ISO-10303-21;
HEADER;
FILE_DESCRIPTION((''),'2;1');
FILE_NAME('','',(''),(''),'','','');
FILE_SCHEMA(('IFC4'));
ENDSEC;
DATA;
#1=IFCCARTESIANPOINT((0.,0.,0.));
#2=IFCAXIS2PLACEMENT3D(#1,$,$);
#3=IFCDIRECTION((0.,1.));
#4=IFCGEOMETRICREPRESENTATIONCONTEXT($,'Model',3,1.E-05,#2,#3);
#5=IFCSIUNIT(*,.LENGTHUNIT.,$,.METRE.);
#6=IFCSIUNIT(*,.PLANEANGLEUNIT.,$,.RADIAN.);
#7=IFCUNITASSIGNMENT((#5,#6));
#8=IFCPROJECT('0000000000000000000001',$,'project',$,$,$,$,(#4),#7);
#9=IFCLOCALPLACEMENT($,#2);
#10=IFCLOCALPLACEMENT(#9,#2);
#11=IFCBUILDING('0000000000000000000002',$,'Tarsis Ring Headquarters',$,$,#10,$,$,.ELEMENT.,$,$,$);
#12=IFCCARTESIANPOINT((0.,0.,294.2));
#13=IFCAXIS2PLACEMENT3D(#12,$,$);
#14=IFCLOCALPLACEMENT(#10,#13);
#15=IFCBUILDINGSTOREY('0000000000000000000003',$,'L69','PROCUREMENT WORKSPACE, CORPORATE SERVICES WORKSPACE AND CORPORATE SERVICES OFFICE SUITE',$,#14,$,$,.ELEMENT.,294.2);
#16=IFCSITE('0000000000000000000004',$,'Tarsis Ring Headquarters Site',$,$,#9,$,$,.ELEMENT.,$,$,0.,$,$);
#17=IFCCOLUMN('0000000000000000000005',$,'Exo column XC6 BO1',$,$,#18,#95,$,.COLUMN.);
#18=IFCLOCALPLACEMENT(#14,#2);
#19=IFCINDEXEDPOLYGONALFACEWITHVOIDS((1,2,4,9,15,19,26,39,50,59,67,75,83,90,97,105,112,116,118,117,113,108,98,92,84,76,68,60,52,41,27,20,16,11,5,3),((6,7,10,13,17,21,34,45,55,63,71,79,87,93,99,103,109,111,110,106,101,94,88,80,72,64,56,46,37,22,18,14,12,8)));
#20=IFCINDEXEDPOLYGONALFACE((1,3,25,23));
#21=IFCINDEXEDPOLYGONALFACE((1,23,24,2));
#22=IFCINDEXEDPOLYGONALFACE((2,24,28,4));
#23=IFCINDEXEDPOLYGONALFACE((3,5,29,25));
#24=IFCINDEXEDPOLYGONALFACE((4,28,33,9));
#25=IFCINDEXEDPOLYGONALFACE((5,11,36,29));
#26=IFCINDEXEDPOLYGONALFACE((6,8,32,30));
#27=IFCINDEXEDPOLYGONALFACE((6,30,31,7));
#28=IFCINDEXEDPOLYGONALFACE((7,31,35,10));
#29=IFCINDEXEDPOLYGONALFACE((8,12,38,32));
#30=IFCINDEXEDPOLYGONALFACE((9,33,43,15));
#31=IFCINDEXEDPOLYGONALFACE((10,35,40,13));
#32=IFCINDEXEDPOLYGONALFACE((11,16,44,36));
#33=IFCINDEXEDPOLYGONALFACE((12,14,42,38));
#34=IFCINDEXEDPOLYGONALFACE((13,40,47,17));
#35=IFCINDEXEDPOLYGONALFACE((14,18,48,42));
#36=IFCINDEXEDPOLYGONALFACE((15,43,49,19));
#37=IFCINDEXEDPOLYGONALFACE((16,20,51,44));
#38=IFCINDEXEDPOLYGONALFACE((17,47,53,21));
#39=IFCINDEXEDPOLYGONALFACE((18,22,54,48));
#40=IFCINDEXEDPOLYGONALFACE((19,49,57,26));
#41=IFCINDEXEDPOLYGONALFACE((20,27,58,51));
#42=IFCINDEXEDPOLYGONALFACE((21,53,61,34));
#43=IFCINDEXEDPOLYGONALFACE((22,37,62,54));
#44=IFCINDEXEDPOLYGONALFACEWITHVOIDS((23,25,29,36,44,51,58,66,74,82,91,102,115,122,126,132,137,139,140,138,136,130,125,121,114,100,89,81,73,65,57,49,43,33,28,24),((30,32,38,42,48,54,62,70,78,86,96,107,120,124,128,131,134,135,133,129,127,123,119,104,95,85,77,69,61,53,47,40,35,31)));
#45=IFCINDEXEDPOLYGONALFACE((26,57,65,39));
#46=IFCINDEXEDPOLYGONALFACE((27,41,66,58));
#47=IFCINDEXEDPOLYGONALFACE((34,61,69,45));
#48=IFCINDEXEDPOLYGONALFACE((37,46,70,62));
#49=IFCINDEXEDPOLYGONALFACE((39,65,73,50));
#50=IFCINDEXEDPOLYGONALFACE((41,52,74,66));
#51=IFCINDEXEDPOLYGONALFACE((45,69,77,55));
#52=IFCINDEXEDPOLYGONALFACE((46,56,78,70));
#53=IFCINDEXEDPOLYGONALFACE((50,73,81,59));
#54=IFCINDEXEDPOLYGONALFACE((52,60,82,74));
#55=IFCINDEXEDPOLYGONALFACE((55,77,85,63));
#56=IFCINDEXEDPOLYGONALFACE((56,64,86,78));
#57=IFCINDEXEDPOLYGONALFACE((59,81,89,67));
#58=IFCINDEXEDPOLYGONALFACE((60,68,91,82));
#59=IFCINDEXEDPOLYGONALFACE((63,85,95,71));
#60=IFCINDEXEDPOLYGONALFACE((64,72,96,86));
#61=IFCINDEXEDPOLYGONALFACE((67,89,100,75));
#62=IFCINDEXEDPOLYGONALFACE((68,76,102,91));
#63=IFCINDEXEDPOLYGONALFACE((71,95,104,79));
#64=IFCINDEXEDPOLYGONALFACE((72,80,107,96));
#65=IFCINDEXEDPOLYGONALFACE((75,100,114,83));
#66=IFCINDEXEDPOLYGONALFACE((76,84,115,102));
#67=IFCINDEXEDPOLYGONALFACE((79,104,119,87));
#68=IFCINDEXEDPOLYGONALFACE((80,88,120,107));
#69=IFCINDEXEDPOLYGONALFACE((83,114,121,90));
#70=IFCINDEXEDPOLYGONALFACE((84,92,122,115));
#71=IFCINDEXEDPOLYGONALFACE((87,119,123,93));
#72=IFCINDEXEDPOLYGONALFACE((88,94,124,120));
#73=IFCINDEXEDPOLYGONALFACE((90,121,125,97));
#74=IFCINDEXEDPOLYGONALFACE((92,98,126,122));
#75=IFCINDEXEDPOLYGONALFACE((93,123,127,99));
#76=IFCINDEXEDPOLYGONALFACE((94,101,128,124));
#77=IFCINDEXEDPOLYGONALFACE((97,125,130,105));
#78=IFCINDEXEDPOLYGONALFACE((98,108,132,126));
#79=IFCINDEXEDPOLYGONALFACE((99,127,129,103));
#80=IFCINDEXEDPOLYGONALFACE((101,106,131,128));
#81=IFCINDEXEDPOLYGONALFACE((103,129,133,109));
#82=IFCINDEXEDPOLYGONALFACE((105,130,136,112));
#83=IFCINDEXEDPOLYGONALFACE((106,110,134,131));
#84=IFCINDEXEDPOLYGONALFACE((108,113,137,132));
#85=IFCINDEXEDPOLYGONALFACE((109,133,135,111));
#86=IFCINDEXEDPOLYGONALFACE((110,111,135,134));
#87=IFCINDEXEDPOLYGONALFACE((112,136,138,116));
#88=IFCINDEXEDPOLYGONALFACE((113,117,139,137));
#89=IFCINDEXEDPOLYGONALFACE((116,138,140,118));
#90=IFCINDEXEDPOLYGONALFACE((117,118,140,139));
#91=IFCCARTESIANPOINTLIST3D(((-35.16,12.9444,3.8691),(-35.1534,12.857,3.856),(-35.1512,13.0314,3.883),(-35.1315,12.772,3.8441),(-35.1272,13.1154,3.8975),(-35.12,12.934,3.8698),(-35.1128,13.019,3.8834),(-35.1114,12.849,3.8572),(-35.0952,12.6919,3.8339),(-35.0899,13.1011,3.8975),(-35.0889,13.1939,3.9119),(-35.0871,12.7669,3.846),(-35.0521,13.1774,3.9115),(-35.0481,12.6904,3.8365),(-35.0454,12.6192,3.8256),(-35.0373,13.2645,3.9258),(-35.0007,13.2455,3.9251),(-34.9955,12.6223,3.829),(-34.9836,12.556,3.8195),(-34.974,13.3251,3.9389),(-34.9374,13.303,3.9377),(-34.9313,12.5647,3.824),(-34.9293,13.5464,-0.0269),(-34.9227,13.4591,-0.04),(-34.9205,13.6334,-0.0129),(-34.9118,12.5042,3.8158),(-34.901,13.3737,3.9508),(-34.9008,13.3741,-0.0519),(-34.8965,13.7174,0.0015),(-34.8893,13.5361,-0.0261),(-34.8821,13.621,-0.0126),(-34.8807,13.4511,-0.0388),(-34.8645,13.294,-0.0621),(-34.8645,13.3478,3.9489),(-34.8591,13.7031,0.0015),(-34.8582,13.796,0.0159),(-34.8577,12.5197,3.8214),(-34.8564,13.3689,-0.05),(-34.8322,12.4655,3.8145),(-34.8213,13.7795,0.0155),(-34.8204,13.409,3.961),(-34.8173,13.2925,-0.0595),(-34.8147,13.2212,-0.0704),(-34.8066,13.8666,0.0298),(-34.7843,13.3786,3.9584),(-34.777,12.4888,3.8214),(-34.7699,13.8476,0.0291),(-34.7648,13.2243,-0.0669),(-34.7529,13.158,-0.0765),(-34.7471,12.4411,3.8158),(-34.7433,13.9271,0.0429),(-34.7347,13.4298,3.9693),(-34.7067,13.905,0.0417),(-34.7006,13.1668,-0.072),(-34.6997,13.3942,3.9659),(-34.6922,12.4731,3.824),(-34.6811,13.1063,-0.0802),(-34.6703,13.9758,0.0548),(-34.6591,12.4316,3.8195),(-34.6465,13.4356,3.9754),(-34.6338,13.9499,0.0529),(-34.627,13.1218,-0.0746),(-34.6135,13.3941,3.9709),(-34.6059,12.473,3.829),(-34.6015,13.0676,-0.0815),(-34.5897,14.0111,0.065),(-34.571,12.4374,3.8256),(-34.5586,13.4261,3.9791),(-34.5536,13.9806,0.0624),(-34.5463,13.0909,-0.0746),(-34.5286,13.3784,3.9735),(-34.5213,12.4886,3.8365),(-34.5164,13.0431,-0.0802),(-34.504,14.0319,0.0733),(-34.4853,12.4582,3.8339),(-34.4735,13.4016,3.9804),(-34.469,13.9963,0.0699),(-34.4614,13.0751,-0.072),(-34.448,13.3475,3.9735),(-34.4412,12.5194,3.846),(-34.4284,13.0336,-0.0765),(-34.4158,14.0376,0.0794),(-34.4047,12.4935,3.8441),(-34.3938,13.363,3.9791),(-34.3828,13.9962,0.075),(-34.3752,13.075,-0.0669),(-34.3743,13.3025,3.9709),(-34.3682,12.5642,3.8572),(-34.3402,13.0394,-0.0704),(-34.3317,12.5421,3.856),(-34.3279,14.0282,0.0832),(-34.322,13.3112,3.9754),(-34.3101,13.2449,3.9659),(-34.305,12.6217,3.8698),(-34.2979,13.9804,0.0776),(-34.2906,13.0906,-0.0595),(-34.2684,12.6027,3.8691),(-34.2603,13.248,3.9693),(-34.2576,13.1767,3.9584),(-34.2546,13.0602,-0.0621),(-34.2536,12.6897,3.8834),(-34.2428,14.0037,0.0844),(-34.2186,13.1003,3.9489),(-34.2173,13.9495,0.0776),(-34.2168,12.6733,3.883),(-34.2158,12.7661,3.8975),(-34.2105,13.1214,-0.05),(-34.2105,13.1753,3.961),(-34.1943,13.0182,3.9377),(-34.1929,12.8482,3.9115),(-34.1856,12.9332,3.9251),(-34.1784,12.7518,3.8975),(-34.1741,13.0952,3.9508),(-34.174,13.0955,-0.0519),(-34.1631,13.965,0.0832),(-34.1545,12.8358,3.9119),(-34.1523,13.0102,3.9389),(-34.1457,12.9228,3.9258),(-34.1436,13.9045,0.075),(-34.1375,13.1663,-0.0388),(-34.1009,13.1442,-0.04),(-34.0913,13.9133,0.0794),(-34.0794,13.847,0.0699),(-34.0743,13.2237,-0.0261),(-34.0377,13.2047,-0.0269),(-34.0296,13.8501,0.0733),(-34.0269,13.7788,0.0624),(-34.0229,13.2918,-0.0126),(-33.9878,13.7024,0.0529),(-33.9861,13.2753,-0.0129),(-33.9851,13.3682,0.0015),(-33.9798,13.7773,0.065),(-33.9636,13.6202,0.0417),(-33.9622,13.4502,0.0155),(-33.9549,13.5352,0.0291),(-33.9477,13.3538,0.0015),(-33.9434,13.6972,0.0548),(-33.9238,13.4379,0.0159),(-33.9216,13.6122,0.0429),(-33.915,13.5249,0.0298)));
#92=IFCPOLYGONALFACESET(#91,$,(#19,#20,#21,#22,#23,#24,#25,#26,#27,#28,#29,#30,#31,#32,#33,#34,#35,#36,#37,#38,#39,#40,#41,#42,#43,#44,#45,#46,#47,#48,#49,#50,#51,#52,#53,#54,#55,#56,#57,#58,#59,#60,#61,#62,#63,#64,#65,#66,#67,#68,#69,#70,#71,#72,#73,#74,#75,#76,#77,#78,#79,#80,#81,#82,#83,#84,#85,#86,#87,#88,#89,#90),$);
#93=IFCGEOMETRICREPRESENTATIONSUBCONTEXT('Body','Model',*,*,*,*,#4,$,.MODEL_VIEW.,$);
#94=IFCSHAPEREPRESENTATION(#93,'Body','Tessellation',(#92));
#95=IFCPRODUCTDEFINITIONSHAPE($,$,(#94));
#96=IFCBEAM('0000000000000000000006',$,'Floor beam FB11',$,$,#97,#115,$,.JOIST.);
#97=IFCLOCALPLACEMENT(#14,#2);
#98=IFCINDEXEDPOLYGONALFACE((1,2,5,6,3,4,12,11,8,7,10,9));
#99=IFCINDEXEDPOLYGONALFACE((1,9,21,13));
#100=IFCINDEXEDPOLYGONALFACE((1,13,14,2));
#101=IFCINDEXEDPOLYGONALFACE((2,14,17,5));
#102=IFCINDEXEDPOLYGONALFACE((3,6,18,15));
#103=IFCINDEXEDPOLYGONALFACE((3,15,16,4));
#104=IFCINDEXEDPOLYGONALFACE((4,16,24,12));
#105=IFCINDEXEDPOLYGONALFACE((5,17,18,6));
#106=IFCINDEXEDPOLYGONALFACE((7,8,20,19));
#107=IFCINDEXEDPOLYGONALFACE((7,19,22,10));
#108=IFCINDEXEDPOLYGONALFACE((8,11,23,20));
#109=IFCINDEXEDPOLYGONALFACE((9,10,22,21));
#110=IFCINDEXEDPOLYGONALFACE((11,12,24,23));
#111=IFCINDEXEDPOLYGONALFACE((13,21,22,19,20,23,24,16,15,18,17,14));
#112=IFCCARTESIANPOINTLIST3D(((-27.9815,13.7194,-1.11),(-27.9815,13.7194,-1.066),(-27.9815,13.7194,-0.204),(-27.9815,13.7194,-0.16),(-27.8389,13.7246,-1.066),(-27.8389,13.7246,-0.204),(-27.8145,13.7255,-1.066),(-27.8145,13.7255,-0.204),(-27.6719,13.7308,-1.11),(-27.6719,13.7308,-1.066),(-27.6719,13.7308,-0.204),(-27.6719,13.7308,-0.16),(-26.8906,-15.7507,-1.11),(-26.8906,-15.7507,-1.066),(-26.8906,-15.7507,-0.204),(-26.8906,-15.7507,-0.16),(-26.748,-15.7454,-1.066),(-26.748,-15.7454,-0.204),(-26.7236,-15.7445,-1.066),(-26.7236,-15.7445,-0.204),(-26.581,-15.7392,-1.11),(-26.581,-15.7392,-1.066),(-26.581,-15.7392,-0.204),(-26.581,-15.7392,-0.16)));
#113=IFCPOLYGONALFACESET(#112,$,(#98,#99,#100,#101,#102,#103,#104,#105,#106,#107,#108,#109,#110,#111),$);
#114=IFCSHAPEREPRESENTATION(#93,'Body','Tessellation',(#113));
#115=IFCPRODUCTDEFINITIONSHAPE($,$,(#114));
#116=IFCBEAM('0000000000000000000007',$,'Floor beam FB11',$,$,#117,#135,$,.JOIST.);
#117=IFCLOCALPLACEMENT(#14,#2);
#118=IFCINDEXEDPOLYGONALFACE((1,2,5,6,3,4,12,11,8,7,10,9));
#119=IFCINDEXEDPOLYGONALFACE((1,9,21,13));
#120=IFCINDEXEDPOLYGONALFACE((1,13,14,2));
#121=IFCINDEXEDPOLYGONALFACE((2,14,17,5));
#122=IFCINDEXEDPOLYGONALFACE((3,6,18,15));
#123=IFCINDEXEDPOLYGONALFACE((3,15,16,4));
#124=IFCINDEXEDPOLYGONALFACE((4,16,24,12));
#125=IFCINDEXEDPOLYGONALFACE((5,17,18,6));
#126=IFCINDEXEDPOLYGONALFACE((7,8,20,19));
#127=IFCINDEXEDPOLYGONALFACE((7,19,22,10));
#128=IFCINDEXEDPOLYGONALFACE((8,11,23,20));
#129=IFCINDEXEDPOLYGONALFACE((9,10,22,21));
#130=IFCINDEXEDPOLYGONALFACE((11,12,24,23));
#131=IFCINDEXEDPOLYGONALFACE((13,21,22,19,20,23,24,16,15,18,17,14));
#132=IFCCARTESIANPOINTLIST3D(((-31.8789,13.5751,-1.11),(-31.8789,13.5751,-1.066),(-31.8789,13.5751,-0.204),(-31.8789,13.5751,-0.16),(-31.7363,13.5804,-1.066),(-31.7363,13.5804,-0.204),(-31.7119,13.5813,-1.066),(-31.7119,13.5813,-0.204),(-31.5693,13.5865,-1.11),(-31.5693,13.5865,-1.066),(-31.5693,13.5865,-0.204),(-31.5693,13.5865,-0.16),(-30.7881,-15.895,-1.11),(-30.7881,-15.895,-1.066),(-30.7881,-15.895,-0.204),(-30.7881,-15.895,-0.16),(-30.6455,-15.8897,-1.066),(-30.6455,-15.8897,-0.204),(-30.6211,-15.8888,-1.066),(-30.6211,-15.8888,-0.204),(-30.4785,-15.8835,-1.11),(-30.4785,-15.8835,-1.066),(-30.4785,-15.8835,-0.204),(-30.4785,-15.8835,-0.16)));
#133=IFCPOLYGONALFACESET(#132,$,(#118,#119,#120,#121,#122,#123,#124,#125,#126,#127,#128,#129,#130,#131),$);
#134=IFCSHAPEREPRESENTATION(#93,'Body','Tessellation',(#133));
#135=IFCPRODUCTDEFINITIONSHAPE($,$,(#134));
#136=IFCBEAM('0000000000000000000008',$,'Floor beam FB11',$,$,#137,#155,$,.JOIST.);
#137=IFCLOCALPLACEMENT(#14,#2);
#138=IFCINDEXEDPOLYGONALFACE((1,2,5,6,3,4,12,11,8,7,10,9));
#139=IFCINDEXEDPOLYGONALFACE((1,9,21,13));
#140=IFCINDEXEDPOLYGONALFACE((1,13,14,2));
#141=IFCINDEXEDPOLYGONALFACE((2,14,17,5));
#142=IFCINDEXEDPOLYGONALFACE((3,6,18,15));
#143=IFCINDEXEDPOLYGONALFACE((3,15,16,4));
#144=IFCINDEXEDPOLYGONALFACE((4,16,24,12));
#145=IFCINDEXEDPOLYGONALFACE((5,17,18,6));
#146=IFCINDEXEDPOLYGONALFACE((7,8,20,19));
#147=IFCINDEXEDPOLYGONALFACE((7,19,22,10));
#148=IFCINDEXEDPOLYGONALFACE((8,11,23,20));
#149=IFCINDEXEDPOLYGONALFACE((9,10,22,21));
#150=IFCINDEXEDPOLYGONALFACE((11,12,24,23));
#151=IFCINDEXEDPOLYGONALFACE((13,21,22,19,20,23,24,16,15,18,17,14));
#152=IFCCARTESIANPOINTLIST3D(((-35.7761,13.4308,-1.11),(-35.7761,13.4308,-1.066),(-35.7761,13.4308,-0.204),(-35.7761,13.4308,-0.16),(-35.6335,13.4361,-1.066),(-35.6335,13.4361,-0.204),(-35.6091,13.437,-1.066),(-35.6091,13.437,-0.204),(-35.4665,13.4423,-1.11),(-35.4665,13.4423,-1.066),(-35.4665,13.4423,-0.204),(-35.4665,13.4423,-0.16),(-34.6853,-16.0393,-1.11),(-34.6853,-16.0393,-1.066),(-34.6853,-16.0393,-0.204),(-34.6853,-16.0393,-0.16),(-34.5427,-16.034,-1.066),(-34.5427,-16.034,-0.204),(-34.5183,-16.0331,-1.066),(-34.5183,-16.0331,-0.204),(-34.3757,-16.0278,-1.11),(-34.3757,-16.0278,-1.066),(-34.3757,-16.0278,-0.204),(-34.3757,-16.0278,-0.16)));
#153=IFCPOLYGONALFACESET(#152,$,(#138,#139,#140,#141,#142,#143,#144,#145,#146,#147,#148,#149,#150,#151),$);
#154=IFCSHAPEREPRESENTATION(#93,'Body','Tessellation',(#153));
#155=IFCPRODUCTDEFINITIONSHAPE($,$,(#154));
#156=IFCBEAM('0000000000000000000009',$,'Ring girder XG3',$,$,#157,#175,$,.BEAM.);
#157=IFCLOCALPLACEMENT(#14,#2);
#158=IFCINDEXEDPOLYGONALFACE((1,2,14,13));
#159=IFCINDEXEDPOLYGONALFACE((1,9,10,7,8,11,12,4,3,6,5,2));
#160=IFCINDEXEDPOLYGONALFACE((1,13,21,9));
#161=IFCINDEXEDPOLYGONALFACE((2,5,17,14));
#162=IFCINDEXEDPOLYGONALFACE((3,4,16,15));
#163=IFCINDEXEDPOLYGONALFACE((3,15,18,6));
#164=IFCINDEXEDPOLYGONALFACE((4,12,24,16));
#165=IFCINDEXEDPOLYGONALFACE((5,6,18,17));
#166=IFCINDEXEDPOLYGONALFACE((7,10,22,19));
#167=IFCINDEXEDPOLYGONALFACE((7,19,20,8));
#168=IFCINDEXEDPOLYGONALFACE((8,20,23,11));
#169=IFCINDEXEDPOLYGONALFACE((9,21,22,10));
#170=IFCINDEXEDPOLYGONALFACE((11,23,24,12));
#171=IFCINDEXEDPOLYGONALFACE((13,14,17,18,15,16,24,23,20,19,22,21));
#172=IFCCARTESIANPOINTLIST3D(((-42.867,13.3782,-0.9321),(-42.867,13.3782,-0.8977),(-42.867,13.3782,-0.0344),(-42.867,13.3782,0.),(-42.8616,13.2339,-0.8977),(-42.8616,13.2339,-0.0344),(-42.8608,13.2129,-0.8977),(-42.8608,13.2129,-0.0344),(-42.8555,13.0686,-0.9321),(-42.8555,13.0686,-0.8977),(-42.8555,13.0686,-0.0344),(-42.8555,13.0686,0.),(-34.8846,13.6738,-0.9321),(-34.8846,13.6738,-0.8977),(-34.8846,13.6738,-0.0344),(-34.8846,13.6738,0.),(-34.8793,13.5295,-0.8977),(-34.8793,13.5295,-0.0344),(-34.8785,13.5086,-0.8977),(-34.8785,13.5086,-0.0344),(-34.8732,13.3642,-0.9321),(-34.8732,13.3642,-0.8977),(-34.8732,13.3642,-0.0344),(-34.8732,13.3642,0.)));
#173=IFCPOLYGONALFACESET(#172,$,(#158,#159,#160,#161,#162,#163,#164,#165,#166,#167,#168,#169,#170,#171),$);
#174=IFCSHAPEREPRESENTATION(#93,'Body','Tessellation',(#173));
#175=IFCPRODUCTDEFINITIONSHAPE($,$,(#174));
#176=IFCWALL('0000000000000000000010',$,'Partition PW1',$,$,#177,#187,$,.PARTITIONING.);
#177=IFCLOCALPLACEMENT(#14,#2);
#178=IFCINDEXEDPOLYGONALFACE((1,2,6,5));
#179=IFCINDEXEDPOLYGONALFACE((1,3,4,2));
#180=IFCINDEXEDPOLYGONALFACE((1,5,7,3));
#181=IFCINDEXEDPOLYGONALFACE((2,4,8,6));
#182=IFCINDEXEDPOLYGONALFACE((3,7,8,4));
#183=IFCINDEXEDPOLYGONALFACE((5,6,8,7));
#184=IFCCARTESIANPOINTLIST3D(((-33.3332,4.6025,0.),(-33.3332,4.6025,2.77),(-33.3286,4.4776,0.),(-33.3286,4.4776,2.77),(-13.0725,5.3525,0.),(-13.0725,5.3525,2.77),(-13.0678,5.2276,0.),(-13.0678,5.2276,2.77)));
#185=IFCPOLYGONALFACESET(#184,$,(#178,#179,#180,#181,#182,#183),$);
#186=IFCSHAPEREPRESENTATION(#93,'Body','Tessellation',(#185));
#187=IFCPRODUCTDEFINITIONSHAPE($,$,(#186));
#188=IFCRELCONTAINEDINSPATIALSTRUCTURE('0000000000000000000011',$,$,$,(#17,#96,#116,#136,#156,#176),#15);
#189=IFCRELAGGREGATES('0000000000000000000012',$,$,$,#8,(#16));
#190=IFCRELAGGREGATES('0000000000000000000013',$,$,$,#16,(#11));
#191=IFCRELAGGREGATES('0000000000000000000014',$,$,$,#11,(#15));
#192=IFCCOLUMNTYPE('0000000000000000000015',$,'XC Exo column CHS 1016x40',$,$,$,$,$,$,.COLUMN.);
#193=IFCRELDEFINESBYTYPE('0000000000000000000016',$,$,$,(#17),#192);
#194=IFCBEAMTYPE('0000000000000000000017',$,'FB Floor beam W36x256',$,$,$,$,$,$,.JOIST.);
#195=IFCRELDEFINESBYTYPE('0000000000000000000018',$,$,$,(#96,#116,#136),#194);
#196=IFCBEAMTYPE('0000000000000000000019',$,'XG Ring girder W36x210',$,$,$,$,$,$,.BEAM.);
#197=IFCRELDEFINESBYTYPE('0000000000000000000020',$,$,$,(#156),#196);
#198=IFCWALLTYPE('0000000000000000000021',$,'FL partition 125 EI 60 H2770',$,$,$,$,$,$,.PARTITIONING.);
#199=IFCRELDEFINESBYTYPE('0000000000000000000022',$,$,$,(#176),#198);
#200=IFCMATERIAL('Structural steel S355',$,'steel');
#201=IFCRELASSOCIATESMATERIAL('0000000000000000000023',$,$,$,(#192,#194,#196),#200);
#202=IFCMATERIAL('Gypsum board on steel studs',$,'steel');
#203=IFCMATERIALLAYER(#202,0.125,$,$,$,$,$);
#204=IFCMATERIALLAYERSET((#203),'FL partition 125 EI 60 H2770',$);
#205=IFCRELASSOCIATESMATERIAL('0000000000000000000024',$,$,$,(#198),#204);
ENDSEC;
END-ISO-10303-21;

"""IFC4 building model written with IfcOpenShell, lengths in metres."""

from ifc_helpers import new_model, si_unit, direction, frame, frame_2d, origin, origin_2d, place, context, subcontext, project, spatial, rectangle, hollow_circle, i_section, extrude, material, layer, layer_set, material_profile, profile_set, type_object, element, save


model = new_model("IFC4")

# Units and contexts
model_context = context("Model", 3, precision=1e-05, world=origin(), true_north=direction((0.0, 1.0)))
body_context = subcontext(model_context, "Body", "Model", "MODEL_VIEW")
ifc_project = project(units=[si_unit("LENGTHUNIT", "METRE"), si_unit("PLANEANGLEUNIT", "RADIAN")], contexts=[model_context])

# Site, building, storey
site_placement = place(None, origin())
site = spatial("IfcSite", under=ifc_project, at=site_placement, Name="Tarsis Ring Headquarters Site", CompositionType="ELEMENT", RefElevation=0.0)
building_placement = place(site_placement, origin())
building = spatial("IfcBuilding", under=site, at=building_placement, Name="Tarsis Ring Headquarters", CompositionType="ELEMENT")
storey_placement = place(building_placement, frame((0.0, 0.0, 294.2)))
storey = spatial("IfcBuildingStorey", under=building, at=storey_placement, Name="L69", Description="PROCUREMENT WORKSPACE, CORPORATE SERVICES WORKSPACE AND CORPORATE SERVICES OFFICE SUITE", CompositionType="ELEMENT", Elevation=294.2)

# Column
ifc_material_1 = material(Name="Structural steel S355", Category="steel")
ifc_material_profile_1 = material_profile(ifc_material_1, hollow_circle(Radius=0.5081, WallThickness=0.04, at=origin_2d()), Name="CHS 1016x40")
ifc_profile_set_1 = profile_set([ifc_material_profile_1], Name="Structural steel S355")
column_type = type_object("IfcColumnType", Name="XC Exo column CHS 1016x40", PredefinedType="COLUMN", material=ifc_profile_set_1)
column_placement = place(storey_placement, frame((-34.4221, 13.5356, 0.0015), z_axis=(-0.058423, -0.152457, 0.986582), x_axis=(0.933784, -0.357837, 0.0)))
element("IfcColumn", 1, at=column_placement, inside=storey, type_object=column_type, Name="Exo column XC6 BO1", PredefinedType="COLUMN", context=body_context, shape_type="SweptSolid", body=[
    extrude(hollow_circle(Radius=0.5081, WallThickness=0.04, at=origin_2d()), origin(), (0.0, 0.0, 1.0), 3.949),
])

# Beams
ifc_material_profile_2 = material_profile(ifc_material_1, i_section(OverallWidth=0.3098, OverallDepth=0.95, WebThickness=0.0244, FlangeThickness=0.0439, at=origin_2d()), Name="W36x256")
ifc_profile_set_2 = profile_set([ifc_material_profile_2], Name="Structural steel S355")
beam_type_1 = type_object("IfcBeamType", Name="FB Floor beam W36x256", PredefinedType="JOIST", material=ifc_profile_set_2)
for number, where, z_axis, x_axis, name in (
    (2, (-27.8267, 13.7251, -0.635), (0.036989, -0.999316, 0.0), (0.999316, 0.036989, 0.0), "Floor beam FB11"),
    (3, (-31.7241, 13.5808, -0.635), (0.036989, -0.999316, 0.0), (0.999316, 0.036989, 0.0), "Floor beam FB11"),
    (4, (-35.6213, 13.4365, -0.635), (0.036989, -0.999316, 0.0), (0.999316, 0.036989, 0.0), "Floor beam FB11"),
):
    element("IfcBeam", number, at=place(storey_placement, frame(where, z_axis=z_axis, x_axis=x_axis)), inside=storey, type_object=beam_type_1, Name=name, PredefinedType="JOIST", context=body_context, shape_type="SweptSolid", body=[
        extrude(i_section(OverallWidth=0.3098, OverallDepth=0.95, WebThickness=0.0244, FlangeThickness=0.0439, at=origin_2d()), origin(), (0.0, 0.0, 1.0), 29.4902),
    ])
ifc_material_profile_3 = material_profile(ifc_material_1, i_section(OverallWidth=0.3098, OverallDepth=0.9321, WebThickness=0.021, FlangeThickness=0.0344, at=origin_2d()), Name="W36x210")
ifc_profile_set_3 = profile_set([ifc_material_profile_3], Name="Structural steel S355")
beam_type_2 = type_object("IfcBeamType", Name="XG Ring girder W36x210", PredefinedType="BEAM", material=ifc_profile_set_3)
beam_placement = place(storey_placement, frame((-34.8789, 13.519, -0.4661), z_axis=(-0.999315, -0.037013, 0.0), x_axis=(0.037013, -0.999315, 0.0)))
element("IfcBeam", 5, at=beam_placement, inside=storey, type_object=beam_type_2, Name="Ring girder XG3", PredefinedType="BEAM", context=body_context, shape_type="SweptSolid", body=[
    extrude(i_section(OverallWidth=0.3098, OverallDepth=0.9321, WebThickness=0.021, FlangeThickness=0.0344, at=origin_2d()), origin(), (0.0, 0.0, 1.0), 7.9878),
])

# Wall
ifc_material_2 = material(Name="Gypsum board on steel studs", Category="steel")
ifc_layer_1 = layer(ifc_material_2, 0.125)
ifc_layer_set_1 = layer_set([ifc_layer_1], Name="FL partition 125 EI 60 H2770")
wall_type_1 = type_object("IfcWallType", Name="FL partition 125 EI 60 H2770", PredefinedType="PARTITIONING", material=ifc_layer_set_1)
wall_1_placement = place(storey_placement, frame((-33.3308, 4.54, 0.0), z_axis=(0.0, 0.0, 1.0), x_axis=(0.999316, 0.036992, 0.0)))
element("IfcWall", 6, at=wall_1_placement, inside=storey, type_object=wall_type_1, Name="Partition PW1", PredefinedType="PARTITIONING", context=body_context, shape_type="SweptSolid", body=[
    extrude(rectangle(XDim=20.2747, YDim=0.125, at=frame_2d((10.1372, 0.0))), origin(), (0.0, 0.0, 1.0), 2.77),
])

save(model, "model.ifc")
